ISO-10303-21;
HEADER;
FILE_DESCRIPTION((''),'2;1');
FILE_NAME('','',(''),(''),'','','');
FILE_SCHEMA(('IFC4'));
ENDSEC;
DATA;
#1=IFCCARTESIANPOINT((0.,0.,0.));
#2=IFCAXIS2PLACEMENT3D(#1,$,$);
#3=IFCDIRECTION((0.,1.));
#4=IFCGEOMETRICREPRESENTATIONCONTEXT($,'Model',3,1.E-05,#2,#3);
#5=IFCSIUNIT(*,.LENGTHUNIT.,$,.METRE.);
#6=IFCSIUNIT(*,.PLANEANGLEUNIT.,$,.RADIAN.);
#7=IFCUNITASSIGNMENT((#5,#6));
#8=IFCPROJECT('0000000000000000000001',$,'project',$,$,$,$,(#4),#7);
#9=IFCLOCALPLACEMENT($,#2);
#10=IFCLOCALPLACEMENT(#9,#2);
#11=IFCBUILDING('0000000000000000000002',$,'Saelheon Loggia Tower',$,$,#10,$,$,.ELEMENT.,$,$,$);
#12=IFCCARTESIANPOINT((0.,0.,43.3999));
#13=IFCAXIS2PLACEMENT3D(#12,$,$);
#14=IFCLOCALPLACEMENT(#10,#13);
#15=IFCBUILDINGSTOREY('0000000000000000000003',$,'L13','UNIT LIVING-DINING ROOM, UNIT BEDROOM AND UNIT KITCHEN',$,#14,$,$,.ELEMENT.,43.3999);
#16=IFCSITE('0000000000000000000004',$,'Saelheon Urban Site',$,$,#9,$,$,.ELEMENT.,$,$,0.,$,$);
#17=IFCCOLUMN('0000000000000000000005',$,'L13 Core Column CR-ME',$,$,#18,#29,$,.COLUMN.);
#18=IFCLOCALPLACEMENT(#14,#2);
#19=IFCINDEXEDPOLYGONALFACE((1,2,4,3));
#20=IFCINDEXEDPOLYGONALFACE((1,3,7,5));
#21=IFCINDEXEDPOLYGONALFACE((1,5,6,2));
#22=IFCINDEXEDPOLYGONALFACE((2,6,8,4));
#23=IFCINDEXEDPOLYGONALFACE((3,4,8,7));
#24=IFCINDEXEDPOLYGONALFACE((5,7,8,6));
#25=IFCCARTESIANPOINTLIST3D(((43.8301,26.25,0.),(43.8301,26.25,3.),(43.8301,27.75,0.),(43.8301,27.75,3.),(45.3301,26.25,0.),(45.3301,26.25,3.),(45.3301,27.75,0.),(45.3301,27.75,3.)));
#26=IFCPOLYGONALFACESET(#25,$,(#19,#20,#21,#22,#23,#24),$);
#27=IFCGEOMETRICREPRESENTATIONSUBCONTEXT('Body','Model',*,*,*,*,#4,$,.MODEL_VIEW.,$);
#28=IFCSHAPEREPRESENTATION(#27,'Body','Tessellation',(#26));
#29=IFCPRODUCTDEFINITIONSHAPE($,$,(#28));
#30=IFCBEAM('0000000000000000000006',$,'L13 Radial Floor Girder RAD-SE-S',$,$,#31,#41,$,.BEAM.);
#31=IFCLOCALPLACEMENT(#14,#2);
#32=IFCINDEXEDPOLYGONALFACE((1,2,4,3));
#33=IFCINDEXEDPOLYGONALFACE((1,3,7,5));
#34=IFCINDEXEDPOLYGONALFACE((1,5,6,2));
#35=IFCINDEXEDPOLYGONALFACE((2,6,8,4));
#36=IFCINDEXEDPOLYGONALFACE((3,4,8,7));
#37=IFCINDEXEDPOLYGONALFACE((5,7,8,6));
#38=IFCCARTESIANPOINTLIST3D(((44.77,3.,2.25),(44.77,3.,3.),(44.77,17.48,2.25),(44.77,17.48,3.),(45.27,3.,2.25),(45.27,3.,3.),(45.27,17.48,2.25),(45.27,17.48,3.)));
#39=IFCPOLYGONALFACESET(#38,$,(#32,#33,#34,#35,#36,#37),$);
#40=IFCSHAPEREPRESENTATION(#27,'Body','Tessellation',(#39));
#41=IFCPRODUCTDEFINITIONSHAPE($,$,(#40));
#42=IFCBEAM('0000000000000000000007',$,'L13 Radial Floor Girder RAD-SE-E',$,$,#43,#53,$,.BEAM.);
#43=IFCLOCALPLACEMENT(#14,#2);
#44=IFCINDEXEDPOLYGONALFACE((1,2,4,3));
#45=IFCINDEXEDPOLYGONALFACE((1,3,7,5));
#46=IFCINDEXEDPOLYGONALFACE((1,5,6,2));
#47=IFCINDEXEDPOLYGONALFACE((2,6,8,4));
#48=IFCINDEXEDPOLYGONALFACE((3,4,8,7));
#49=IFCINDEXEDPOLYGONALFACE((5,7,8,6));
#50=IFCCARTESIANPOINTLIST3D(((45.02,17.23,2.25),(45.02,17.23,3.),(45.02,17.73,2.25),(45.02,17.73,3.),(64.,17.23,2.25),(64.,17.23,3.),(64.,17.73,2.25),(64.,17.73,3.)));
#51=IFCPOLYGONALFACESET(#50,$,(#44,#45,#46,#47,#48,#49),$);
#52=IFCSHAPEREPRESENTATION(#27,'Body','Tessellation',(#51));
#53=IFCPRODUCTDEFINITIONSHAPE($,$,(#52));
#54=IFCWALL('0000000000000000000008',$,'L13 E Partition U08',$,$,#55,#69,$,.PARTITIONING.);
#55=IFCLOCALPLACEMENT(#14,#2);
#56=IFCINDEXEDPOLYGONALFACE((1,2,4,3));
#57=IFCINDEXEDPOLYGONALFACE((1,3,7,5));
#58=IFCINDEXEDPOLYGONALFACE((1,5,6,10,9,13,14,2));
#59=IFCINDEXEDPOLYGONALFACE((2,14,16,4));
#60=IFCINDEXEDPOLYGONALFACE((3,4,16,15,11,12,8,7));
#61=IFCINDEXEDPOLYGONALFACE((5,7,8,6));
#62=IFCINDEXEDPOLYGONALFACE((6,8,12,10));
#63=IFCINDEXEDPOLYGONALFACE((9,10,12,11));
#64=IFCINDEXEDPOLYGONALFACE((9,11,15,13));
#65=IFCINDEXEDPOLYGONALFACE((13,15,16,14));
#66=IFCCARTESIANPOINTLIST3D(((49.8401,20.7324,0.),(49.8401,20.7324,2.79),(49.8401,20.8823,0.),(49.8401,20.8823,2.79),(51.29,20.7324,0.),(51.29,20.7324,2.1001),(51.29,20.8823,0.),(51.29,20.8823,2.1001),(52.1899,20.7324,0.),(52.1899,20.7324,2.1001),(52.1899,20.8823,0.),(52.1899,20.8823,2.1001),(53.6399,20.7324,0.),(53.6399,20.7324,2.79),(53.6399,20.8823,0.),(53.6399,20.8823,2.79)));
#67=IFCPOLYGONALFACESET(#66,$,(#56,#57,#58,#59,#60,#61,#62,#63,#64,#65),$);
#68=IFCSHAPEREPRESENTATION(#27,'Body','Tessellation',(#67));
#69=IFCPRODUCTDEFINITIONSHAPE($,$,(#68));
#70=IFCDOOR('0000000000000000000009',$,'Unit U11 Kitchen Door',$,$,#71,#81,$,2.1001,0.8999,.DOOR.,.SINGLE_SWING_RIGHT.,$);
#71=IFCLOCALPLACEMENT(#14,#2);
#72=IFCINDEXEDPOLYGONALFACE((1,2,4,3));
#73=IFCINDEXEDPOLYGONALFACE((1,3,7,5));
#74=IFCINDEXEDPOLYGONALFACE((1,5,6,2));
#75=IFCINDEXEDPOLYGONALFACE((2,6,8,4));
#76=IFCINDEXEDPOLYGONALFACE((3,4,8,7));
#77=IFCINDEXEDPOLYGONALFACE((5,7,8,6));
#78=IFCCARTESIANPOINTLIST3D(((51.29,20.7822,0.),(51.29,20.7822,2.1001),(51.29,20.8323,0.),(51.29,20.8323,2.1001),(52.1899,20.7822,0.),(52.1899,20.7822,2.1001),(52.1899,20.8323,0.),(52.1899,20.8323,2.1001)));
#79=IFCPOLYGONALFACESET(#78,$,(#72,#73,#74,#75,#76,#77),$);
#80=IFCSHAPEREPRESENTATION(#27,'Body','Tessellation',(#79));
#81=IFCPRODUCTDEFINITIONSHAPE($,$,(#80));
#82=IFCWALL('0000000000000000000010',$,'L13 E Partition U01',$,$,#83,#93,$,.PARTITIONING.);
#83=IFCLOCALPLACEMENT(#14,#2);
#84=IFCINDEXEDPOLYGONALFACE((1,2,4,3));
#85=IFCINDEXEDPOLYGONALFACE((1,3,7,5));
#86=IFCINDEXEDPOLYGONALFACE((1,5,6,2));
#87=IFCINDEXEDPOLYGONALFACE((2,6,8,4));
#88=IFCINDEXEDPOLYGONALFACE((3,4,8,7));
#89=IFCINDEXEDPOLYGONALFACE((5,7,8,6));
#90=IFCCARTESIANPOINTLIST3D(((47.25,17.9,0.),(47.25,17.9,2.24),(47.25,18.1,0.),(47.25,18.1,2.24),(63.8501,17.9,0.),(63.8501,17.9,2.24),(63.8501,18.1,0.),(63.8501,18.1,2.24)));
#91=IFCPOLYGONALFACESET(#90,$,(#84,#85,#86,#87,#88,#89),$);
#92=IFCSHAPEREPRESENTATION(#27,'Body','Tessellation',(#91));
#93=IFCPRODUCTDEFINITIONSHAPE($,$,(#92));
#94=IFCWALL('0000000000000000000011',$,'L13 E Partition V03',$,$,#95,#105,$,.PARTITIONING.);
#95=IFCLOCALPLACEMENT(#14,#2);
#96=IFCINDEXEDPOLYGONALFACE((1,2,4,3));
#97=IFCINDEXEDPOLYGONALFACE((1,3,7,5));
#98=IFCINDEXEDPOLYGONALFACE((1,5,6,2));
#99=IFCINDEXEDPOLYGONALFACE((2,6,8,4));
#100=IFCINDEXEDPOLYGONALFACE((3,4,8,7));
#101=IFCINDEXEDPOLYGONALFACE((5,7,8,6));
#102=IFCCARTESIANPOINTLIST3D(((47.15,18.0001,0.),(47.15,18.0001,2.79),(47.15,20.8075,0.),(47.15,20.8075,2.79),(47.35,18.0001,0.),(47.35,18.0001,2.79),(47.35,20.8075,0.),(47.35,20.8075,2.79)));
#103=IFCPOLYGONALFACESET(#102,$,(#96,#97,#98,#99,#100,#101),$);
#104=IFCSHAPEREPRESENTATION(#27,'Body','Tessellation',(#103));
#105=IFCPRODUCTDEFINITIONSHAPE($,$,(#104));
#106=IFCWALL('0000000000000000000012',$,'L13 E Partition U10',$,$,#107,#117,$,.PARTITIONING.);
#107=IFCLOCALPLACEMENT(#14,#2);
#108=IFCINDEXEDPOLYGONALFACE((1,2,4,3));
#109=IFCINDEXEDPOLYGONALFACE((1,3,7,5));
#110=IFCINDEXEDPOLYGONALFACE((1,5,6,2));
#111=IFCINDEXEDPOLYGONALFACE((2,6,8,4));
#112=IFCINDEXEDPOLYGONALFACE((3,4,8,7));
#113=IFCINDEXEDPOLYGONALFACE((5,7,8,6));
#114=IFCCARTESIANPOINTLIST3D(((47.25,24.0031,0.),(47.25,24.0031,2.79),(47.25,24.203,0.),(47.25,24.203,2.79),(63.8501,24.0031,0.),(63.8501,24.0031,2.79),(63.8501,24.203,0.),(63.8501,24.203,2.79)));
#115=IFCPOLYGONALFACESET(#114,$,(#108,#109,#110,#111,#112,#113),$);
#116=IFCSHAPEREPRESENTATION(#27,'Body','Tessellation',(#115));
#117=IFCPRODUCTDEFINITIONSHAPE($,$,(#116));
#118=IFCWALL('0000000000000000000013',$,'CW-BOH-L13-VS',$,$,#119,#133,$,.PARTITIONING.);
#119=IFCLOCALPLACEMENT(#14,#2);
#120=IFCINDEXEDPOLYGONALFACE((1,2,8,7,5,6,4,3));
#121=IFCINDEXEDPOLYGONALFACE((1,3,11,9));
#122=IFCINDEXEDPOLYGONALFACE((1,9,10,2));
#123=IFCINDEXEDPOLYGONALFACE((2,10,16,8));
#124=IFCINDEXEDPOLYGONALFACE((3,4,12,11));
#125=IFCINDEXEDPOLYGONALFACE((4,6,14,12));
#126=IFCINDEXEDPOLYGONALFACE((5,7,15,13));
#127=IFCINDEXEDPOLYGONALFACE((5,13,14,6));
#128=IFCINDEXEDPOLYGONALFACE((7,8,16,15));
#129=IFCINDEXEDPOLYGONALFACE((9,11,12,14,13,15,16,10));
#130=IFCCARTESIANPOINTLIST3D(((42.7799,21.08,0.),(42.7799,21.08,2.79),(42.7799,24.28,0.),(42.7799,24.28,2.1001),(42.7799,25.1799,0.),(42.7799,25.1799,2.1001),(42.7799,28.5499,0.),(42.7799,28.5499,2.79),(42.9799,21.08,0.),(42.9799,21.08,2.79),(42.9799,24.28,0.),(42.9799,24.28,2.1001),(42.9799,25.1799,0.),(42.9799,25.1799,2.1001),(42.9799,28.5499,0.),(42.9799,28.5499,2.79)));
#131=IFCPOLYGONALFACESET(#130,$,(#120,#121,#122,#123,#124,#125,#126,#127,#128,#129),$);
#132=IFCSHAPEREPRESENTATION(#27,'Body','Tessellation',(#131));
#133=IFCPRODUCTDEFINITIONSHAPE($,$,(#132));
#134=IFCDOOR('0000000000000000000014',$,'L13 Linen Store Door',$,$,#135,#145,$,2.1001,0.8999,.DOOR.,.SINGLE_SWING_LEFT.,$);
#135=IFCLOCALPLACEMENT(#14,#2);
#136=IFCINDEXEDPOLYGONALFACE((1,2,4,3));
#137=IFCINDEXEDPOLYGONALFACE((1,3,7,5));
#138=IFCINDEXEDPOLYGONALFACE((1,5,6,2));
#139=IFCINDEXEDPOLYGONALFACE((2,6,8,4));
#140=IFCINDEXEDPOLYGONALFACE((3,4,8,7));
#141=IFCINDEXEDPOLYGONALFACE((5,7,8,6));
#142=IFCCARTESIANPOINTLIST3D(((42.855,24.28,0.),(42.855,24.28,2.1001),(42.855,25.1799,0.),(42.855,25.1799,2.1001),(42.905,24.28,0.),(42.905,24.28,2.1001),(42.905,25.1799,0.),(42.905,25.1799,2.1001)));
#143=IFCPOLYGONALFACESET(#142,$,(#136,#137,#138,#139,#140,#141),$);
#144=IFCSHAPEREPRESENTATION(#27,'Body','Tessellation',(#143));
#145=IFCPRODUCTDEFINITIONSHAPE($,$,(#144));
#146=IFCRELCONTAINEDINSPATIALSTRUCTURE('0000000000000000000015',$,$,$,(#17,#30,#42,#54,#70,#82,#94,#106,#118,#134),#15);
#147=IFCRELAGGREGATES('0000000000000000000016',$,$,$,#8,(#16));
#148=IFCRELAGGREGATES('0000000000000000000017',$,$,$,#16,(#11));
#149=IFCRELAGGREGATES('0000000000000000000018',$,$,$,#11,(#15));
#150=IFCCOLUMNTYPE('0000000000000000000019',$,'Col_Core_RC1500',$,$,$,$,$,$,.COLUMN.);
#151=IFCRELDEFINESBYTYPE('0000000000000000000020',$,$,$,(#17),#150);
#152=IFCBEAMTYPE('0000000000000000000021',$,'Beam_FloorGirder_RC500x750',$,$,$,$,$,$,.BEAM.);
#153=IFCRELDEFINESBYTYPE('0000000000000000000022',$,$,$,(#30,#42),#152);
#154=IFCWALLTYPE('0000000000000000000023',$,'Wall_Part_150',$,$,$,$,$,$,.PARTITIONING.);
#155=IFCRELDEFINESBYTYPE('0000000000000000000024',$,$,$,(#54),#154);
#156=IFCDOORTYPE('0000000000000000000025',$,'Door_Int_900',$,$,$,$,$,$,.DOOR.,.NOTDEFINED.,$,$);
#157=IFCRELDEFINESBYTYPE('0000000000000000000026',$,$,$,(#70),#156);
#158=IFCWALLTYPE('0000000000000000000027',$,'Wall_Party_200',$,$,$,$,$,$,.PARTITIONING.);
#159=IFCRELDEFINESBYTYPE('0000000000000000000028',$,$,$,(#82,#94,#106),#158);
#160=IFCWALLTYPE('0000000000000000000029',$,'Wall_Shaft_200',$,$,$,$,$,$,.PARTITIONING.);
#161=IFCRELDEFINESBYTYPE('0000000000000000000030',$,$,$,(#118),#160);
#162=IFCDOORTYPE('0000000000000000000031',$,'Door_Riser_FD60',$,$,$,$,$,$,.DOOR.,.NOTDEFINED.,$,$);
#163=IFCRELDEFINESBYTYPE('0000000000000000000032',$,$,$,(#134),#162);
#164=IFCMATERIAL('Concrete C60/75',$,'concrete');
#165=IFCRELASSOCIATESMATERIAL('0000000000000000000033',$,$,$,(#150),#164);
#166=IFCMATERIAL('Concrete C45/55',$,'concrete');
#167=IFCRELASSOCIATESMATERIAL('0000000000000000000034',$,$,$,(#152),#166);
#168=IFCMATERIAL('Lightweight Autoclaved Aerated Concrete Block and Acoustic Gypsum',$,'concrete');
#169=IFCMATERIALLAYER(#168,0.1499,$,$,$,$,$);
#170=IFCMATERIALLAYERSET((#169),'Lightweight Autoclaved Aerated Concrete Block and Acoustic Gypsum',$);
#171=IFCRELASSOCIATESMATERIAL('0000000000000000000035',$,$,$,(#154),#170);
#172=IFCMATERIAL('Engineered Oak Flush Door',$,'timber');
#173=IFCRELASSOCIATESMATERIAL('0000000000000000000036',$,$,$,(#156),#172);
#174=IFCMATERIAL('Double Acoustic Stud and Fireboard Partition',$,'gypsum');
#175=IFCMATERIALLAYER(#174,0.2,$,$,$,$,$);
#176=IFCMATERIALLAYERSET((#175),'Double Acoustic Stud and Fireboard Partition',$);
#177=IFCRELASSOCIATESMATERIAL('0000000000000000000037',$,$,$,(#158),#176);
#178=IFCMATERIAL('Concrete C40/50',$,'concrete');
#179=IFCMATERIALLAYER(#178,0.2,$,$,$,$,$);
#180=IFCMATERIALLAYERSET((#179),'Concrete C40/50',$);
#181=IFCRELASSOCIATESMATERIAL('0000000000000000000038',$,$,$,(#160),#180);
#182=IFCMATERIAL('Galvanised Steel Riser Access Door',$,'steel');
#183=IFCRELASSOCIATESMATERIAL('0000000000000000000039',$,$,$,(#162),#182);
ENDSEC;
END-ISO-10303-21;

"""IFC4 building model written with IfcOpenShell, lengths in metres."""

from ifc_helpers import new_model, si_unit, direction, frame, frame_2d, origin, origin_2d, place, context, subcontext, project, spatial, rectangle, extrude, source, transform, mapped, material, layer, layer_set, material_profile, profile_set, type_object, element, fill, save


model = new_model("IFC4")

# Units and contexts
model_context = context("Model", 3, precision=1e-05, world=origin(), true_north=direction((0.0, 1.0)))
body_context = subcontext(model_context, "Body", "Model", "MODEL_VIEW")
ifc_project = project(units=[si_unit("LENGTHUNIT", "METRE"), si_unit("PLANEANGLEUNIT", "RADIAN")], contexts=[model_context])

# Site, building, storey
site_placement = place(None, origin())
site = spatial("IfcSite", under=ifc_project, at=site_placement, Name="Saelheon Urban Site", CompositionType="ELEMENT", RefElevation=0.0)
building_placement = place(site_placement, origin())
building = spatial("IfcBuilding", under=site, at=building_placement, Name="Saelheon Loggia Tower", CompositionType="ELEMENT")
storey_placement = place(building_placement, frame((0.0, 0.0, 43.3999)))
storey = spatial("IfcBuildingStorey", under=building, at=storey_placement, Name="L13", Description="UNIT LIVING-DINING ROOM, UNIT BEDROOM AND UNIT KITCHEN", CompositionType="ELEMENT", Elevation=43.3999)

# Column
ifc_material_1 = material(Name="Concrete C60/75", Category="concrete")
ifc_material_profile_1 = material_profile(ifc_material_1, rectangle(XDim=1.5, YDim=1.5, at=origin_2d()), Name="RC-1500x1500")
ifc_profile_set_1 = profile_set([ifc_material_profile_1], Name="Concrete C60/75")
column_type = type_object("IfcColumnType", Name="Col_Core_RC1500", PredefinedType="COLUMN", material=ifc_profile_set_1)
shared_shape_1 = source(origin(), body_context, "Body", "SweptSolid", [
    extrude(rectangle(XDim=1.5, YDim=1.5, at=origin_2d()), origin(), (0.0, 0.0, 1.0), 3.0),
])
column_placement = place(storey_placement, frame((44.5801, 27.0, 0.0), z_axis=(0.0, 0.0, 1.0), x_axis=(1.0, 0.0, 0.0)))
element("IfcColumn", 1, at=column_placement, inside=storey, type_object=column_type, Name="L13 Core Column CR-ME", PredefinedType="COLUMN", context=body_context, shape_type="MappedRepresentation", body=[
    mapped(shared_shape_1, transform((0.0, 0.0, 0.0), scale=1.0)),
])

# Beams
ifc_material_2 = material(Name="Concrete C45/55", Category="concrete")
ifc_material_profile_2 = material_profile(ifc_material_2, rectangle(XDim=0.5, YDim=0.75, at=origin_2d()), Name="RC-500x750")
ifc_profile_set_2 = profile_set([ifc_material_profile_2], Name="Concrete C45/55")
beam_type = type_object("IfcBeamType", Name="Beam_FloorGirder_RC500x750", PredefinedType="BEAM", material=ifc_profile_set_2)
shared_shape_2 = source(origin(), body_context, "Body", "SweptSolid", [
    extrude(rectangle(XDim=0.5, YDim=0.75, at=origin_2d()), origin(), (0.0, 0.0, 1.0), 14.48),
])
beam_1_placement = place(storey_placement, frame((45.02, 17.48, 2.625), z_axis=(0.0, -1.0, 0.0), x_axis=(1.0, 0.0, 0.0)))
element("IfcBeam", 2, at=beam_1_placement, inside=storey, type_object=beam_type, Name="L13 Radial Floor Girder RAD-SE-S", PredefinedType="BEAM", context=body_context, shape_type="MappedRepresentation", body=[
    mapped(shared_shape_2, transform((0.0, 0.0, 0.0), scale=1.0)),
])
shared_shape_3 = source(origin(), body_context, "Body", "SweptSolid", [
    extrude(rectangle(XDim=0.5, YDim=0.75, at=origin_2d()), origin(), (0.0, 0.0, 1.0), 18.98),
])
beam_2_placement = place(storey_placement, frame((45.02, 17.48, 2.625), z_axis=(1.0, 0.0, 0.0), x_axis=(0.0, 1.0, 0.0)))
element("IfcBeam", 3, at=beam_2_placement, inside=storey, type_object=beam_type, Name="L13 Radial Floor Girder RAD-SE-E", PredefinedType="BEAM", context=body_context, shape_type="MappedRepresentation", body=[
    mapped(shared_shape_3, transform((0.0, 0.0, 0.0), scale=1.0)),
])

# Wall, opening, door
ifc_material_3 = material(Name="Lightweight Autoclaved Aerated Concrete Block and Acoustic Gypsum", Category="concrete")
ifc_layer_1 = layer(ifc_material_3, 0.1499)
ifc_layer_set_1 = layer_set([ifc_layer_1], Name="Lightweight Autoclaved Aerated Concrete Block and Acoustic Gypsum")
wall_type_1 = type_object("IfcWallType", Name="Wall_Part_150", PredefinedType="PARTITIONING", material=ifc_layer_set_1)
wall_1_placement = place(storey_placement, frame((49.8401, 20.8074, 0.0), z_axis=(0.0, 0.0, 1.0), x_axis=(1.0, 0.0, 0.0)))
wall_1 = element("IfcWall", 4, at=wall_1_placement, inside=storey, type_object=wall_type_1, Name="L13 E Partition U08", PredefinedType="PARTITIONING", context=body_context, shape_type="SweptSolid", body=[
    extrude(rectangle(XDim=3.7998, YDim=0.1499, at=frame_2d((1.8999, 0.0))), origin(), (0.0, 0.0, 1.0), 2.79),
])
opening_1_placement = place(wall_1_placement, frame((1.45, 0.0, 0.0)))
opening_1 = element("IfcOpeningElement", 5, at=opening_1_placement, cuts=wall_1, PredefinedType="OPENING", context=body_context, shape_type="SweptSolid", body=[
    extrude(rectangle(XDim=0.8999, YDim=2.1001, at=frame_2d((0.45, 1.05))), frame((0.0, 0.0869, 0.0), z_axis=(0.0, -1.0, 0.0), x_axis=(1.0, 0.0, 0.0)), (0.0, 0.0, 1.0), 0.1738),
])
ifc_material_4 = material(Name="Engineered Oak Flush Door", Category="timber")
door_type_1 = type_object("IfcDoorType", Name="Door_Int_900", OperationType="NOTDEFINED", PredefinedType="DOOR", material=ifc_material_4)
shared_shape_4 = source(origin(), body_context, "Body", "SweptSolid", [
    extrude(rectangle(XDim=0.8999, YDim=2.1001, at=frame_2d((0.45, 1.05))), frame((0.0, 0.0249, 0.0), z_axis=(0.0, -1.0, 0.0), x_axis=(1.0, 0.0, 0.0)), (0.0, 0.0, 1.0), 0.05),
])
door_1_placement = place(opening_1_placement, origin())
door_1 = element("IfcDoor", 6, at=door_1_placement, inside=storey, type_object=door_type_1, Name="Unit U11 Kitchen Door", OperationType="SINGLE_SWING_RIGHT", OverallHeight=2.1001, OverallWidth=0.8999, PredefinedType="DOOR", context=body_context, shape_type="MappedRepresentation", body=[
    mapped(shared_shape_4, transform((0.0, 0.0, 0.0), scale=1.0)),
])
fill(opening_1, door_1)

# Walls
ifc_material_5 = material(Name="Double Acoustic Stud and Fireboard Partition", Category="gypsum")
ifc_layer_2 = layer(ifc_material_5, 0.2)
ifc_layer_set_2 = layer_set([ifc_layer_2], Name="Double Acoustic Stud and Fireboard Partition")
wall_type_2 = type_object("IfcWallType", Name="Wall_Party_200", PredefinedType="PARTITIONING", material=ifc_layer_set_2)
wall_2_placement = place(storey_placement, frame((47.25, 18.0, 0.0), z_axis=(0.0, 0.0, 1.0), x_axis=(1.0, 0.0, 0.0)))
element("IfcWall", 7, at=wall_2_placement, inside=storey, type_object=wall_type_2, Name="L13 E Partition U01", PredefinedType="PARTITIONING", context=body_context, shape_type="SweptSolid", body=[
    extrude(rectangle(XDim=16.6001, YDim=0.2, at=frame_2d((8.3, 0.0))), origin(), (0.0, 0.0, 1.0), 2.24),
])
wall_3_placement = place(storey_placement, frame((47.25, 18.0, 0.0), z_axis=(0.0, 0.0, 1.0), x_axis=(0.0, 1.0, 0.0)))
element("IfcWall", 8, at=wall_3_placement, inside=storey, type_object=wall_type_2, Name="L13 E Partition V03", PredefinedType="PARTITIONING", context=body_context, shape_type="SweptSolid", body=[
    extrude(rectangle(XDim=2.8074, YDim=0.2, at=frame_2d((1.4038, 0.0))), origin(), (0.0, 0.0, 1.0), 2.79),
])

# Wall
wall_4_placement = place(storey_placement, frame((47.25, 24.103, 0.0), z_axis=(0.0, 0.0, 1.0), x_axis=(1.0, 0.0, 0.0)))
element("IfcWall", 9, at=wall_4_placement, inside=storey, type_object=wall_type_2, Name="L13 E Partition U10", PredefinedType="PARTITIONING", context=body_context, shape_type="SweptSolid", body=[
    extrude(rectangle(XDim=16.6001, YDim=0.2, at=frame_2d((8.3, 0.0))), origin(), (0.0, 0.0, 1.0), 2.79),
])

# Wall, opening, door
ifc_material_6 = material(Name="Concrete C40/50", Category="concrete")
ifc_layer_3 = layer(ifc_material_6, 0.2)
ifc_layer_set_3 = layer_set([ifc_layer_3], Name="Concrete C40/50")
wall_type_3 = type_object("IfcWallType", Name="Wall_Shaft_200", PredefinedType="PARTITIONING", material=ifc_layer_set_3)
wall_5_placement = place(storey_placement, frame((42.8799, 21.0801, 0.0), z_axis=(0.0, 0.0, 1.0), x_axis=(0.0, 1.0, 0.0)))
wall_5 = element("IfcWall", 10, at=wall_5_placement, inside=storey, type_object=wall_type_3, Name="CW-BOH-L13-VS", PredefinedType="PARTITIONING", context=body_context, shape_type="SweptSolid", body=[
    extrude(rectangle(XDim=7.47, YDim=0.2, at=frame_2d((3.7349, 0.0))), origin(), (0.0, 0.0, 1.0), 2.79),
])
opening_2_placement = place(wall_5_placement, frame((3.2, 0.0, 0.0)))
opening_2 = element("IfcOpeningElement", 11, at=opening_2_placement, cuts=wall_5, PredefinedType="OPENING", context=body_context, shape_type="SweptSolid", body=[
    extrude(rectangle(XDim=0.8999, YDim=2.1001, at=frame_2d((0.45, 1.05))), frame((0.0, 0.1121, 0.0), z_axis=(0.0, -1.0, 0.0), x_axis=(1.0, 0.0, 0.0)), (0.0, 0.0, 1.0), 0.2239),
])
ifc_material_7 = material(Name="Galvanised Steel Riser Access Door", Category="steel")
door_type_2 = type_object("IfcDoorType", Name="Door_Riser_FD60", OperationType="NOTDEFINED", PredefinedType="DOOR", material=ifc_material_7)
door_2_placement = place(opening_2_placement, origin())
door_2 = element("IfcDoor", 12, at=door_2_placement, inside=storey, type_object=door_type_2, Name="L13 Linen Store Door", OperationType="SINGLE_SWING_LEFT", OverallHeight=2.1001, OverallWidth=0.8999, PredefinedType="DOOR", context=body_context, shape_type="MappedRepresentation", body=[
    mapped(shared_shape_4, transform((0.0, 0.0, 0.0), scale=1.0)),
])
fill(opening_2, door_2)

save(model, "model.ifc")
